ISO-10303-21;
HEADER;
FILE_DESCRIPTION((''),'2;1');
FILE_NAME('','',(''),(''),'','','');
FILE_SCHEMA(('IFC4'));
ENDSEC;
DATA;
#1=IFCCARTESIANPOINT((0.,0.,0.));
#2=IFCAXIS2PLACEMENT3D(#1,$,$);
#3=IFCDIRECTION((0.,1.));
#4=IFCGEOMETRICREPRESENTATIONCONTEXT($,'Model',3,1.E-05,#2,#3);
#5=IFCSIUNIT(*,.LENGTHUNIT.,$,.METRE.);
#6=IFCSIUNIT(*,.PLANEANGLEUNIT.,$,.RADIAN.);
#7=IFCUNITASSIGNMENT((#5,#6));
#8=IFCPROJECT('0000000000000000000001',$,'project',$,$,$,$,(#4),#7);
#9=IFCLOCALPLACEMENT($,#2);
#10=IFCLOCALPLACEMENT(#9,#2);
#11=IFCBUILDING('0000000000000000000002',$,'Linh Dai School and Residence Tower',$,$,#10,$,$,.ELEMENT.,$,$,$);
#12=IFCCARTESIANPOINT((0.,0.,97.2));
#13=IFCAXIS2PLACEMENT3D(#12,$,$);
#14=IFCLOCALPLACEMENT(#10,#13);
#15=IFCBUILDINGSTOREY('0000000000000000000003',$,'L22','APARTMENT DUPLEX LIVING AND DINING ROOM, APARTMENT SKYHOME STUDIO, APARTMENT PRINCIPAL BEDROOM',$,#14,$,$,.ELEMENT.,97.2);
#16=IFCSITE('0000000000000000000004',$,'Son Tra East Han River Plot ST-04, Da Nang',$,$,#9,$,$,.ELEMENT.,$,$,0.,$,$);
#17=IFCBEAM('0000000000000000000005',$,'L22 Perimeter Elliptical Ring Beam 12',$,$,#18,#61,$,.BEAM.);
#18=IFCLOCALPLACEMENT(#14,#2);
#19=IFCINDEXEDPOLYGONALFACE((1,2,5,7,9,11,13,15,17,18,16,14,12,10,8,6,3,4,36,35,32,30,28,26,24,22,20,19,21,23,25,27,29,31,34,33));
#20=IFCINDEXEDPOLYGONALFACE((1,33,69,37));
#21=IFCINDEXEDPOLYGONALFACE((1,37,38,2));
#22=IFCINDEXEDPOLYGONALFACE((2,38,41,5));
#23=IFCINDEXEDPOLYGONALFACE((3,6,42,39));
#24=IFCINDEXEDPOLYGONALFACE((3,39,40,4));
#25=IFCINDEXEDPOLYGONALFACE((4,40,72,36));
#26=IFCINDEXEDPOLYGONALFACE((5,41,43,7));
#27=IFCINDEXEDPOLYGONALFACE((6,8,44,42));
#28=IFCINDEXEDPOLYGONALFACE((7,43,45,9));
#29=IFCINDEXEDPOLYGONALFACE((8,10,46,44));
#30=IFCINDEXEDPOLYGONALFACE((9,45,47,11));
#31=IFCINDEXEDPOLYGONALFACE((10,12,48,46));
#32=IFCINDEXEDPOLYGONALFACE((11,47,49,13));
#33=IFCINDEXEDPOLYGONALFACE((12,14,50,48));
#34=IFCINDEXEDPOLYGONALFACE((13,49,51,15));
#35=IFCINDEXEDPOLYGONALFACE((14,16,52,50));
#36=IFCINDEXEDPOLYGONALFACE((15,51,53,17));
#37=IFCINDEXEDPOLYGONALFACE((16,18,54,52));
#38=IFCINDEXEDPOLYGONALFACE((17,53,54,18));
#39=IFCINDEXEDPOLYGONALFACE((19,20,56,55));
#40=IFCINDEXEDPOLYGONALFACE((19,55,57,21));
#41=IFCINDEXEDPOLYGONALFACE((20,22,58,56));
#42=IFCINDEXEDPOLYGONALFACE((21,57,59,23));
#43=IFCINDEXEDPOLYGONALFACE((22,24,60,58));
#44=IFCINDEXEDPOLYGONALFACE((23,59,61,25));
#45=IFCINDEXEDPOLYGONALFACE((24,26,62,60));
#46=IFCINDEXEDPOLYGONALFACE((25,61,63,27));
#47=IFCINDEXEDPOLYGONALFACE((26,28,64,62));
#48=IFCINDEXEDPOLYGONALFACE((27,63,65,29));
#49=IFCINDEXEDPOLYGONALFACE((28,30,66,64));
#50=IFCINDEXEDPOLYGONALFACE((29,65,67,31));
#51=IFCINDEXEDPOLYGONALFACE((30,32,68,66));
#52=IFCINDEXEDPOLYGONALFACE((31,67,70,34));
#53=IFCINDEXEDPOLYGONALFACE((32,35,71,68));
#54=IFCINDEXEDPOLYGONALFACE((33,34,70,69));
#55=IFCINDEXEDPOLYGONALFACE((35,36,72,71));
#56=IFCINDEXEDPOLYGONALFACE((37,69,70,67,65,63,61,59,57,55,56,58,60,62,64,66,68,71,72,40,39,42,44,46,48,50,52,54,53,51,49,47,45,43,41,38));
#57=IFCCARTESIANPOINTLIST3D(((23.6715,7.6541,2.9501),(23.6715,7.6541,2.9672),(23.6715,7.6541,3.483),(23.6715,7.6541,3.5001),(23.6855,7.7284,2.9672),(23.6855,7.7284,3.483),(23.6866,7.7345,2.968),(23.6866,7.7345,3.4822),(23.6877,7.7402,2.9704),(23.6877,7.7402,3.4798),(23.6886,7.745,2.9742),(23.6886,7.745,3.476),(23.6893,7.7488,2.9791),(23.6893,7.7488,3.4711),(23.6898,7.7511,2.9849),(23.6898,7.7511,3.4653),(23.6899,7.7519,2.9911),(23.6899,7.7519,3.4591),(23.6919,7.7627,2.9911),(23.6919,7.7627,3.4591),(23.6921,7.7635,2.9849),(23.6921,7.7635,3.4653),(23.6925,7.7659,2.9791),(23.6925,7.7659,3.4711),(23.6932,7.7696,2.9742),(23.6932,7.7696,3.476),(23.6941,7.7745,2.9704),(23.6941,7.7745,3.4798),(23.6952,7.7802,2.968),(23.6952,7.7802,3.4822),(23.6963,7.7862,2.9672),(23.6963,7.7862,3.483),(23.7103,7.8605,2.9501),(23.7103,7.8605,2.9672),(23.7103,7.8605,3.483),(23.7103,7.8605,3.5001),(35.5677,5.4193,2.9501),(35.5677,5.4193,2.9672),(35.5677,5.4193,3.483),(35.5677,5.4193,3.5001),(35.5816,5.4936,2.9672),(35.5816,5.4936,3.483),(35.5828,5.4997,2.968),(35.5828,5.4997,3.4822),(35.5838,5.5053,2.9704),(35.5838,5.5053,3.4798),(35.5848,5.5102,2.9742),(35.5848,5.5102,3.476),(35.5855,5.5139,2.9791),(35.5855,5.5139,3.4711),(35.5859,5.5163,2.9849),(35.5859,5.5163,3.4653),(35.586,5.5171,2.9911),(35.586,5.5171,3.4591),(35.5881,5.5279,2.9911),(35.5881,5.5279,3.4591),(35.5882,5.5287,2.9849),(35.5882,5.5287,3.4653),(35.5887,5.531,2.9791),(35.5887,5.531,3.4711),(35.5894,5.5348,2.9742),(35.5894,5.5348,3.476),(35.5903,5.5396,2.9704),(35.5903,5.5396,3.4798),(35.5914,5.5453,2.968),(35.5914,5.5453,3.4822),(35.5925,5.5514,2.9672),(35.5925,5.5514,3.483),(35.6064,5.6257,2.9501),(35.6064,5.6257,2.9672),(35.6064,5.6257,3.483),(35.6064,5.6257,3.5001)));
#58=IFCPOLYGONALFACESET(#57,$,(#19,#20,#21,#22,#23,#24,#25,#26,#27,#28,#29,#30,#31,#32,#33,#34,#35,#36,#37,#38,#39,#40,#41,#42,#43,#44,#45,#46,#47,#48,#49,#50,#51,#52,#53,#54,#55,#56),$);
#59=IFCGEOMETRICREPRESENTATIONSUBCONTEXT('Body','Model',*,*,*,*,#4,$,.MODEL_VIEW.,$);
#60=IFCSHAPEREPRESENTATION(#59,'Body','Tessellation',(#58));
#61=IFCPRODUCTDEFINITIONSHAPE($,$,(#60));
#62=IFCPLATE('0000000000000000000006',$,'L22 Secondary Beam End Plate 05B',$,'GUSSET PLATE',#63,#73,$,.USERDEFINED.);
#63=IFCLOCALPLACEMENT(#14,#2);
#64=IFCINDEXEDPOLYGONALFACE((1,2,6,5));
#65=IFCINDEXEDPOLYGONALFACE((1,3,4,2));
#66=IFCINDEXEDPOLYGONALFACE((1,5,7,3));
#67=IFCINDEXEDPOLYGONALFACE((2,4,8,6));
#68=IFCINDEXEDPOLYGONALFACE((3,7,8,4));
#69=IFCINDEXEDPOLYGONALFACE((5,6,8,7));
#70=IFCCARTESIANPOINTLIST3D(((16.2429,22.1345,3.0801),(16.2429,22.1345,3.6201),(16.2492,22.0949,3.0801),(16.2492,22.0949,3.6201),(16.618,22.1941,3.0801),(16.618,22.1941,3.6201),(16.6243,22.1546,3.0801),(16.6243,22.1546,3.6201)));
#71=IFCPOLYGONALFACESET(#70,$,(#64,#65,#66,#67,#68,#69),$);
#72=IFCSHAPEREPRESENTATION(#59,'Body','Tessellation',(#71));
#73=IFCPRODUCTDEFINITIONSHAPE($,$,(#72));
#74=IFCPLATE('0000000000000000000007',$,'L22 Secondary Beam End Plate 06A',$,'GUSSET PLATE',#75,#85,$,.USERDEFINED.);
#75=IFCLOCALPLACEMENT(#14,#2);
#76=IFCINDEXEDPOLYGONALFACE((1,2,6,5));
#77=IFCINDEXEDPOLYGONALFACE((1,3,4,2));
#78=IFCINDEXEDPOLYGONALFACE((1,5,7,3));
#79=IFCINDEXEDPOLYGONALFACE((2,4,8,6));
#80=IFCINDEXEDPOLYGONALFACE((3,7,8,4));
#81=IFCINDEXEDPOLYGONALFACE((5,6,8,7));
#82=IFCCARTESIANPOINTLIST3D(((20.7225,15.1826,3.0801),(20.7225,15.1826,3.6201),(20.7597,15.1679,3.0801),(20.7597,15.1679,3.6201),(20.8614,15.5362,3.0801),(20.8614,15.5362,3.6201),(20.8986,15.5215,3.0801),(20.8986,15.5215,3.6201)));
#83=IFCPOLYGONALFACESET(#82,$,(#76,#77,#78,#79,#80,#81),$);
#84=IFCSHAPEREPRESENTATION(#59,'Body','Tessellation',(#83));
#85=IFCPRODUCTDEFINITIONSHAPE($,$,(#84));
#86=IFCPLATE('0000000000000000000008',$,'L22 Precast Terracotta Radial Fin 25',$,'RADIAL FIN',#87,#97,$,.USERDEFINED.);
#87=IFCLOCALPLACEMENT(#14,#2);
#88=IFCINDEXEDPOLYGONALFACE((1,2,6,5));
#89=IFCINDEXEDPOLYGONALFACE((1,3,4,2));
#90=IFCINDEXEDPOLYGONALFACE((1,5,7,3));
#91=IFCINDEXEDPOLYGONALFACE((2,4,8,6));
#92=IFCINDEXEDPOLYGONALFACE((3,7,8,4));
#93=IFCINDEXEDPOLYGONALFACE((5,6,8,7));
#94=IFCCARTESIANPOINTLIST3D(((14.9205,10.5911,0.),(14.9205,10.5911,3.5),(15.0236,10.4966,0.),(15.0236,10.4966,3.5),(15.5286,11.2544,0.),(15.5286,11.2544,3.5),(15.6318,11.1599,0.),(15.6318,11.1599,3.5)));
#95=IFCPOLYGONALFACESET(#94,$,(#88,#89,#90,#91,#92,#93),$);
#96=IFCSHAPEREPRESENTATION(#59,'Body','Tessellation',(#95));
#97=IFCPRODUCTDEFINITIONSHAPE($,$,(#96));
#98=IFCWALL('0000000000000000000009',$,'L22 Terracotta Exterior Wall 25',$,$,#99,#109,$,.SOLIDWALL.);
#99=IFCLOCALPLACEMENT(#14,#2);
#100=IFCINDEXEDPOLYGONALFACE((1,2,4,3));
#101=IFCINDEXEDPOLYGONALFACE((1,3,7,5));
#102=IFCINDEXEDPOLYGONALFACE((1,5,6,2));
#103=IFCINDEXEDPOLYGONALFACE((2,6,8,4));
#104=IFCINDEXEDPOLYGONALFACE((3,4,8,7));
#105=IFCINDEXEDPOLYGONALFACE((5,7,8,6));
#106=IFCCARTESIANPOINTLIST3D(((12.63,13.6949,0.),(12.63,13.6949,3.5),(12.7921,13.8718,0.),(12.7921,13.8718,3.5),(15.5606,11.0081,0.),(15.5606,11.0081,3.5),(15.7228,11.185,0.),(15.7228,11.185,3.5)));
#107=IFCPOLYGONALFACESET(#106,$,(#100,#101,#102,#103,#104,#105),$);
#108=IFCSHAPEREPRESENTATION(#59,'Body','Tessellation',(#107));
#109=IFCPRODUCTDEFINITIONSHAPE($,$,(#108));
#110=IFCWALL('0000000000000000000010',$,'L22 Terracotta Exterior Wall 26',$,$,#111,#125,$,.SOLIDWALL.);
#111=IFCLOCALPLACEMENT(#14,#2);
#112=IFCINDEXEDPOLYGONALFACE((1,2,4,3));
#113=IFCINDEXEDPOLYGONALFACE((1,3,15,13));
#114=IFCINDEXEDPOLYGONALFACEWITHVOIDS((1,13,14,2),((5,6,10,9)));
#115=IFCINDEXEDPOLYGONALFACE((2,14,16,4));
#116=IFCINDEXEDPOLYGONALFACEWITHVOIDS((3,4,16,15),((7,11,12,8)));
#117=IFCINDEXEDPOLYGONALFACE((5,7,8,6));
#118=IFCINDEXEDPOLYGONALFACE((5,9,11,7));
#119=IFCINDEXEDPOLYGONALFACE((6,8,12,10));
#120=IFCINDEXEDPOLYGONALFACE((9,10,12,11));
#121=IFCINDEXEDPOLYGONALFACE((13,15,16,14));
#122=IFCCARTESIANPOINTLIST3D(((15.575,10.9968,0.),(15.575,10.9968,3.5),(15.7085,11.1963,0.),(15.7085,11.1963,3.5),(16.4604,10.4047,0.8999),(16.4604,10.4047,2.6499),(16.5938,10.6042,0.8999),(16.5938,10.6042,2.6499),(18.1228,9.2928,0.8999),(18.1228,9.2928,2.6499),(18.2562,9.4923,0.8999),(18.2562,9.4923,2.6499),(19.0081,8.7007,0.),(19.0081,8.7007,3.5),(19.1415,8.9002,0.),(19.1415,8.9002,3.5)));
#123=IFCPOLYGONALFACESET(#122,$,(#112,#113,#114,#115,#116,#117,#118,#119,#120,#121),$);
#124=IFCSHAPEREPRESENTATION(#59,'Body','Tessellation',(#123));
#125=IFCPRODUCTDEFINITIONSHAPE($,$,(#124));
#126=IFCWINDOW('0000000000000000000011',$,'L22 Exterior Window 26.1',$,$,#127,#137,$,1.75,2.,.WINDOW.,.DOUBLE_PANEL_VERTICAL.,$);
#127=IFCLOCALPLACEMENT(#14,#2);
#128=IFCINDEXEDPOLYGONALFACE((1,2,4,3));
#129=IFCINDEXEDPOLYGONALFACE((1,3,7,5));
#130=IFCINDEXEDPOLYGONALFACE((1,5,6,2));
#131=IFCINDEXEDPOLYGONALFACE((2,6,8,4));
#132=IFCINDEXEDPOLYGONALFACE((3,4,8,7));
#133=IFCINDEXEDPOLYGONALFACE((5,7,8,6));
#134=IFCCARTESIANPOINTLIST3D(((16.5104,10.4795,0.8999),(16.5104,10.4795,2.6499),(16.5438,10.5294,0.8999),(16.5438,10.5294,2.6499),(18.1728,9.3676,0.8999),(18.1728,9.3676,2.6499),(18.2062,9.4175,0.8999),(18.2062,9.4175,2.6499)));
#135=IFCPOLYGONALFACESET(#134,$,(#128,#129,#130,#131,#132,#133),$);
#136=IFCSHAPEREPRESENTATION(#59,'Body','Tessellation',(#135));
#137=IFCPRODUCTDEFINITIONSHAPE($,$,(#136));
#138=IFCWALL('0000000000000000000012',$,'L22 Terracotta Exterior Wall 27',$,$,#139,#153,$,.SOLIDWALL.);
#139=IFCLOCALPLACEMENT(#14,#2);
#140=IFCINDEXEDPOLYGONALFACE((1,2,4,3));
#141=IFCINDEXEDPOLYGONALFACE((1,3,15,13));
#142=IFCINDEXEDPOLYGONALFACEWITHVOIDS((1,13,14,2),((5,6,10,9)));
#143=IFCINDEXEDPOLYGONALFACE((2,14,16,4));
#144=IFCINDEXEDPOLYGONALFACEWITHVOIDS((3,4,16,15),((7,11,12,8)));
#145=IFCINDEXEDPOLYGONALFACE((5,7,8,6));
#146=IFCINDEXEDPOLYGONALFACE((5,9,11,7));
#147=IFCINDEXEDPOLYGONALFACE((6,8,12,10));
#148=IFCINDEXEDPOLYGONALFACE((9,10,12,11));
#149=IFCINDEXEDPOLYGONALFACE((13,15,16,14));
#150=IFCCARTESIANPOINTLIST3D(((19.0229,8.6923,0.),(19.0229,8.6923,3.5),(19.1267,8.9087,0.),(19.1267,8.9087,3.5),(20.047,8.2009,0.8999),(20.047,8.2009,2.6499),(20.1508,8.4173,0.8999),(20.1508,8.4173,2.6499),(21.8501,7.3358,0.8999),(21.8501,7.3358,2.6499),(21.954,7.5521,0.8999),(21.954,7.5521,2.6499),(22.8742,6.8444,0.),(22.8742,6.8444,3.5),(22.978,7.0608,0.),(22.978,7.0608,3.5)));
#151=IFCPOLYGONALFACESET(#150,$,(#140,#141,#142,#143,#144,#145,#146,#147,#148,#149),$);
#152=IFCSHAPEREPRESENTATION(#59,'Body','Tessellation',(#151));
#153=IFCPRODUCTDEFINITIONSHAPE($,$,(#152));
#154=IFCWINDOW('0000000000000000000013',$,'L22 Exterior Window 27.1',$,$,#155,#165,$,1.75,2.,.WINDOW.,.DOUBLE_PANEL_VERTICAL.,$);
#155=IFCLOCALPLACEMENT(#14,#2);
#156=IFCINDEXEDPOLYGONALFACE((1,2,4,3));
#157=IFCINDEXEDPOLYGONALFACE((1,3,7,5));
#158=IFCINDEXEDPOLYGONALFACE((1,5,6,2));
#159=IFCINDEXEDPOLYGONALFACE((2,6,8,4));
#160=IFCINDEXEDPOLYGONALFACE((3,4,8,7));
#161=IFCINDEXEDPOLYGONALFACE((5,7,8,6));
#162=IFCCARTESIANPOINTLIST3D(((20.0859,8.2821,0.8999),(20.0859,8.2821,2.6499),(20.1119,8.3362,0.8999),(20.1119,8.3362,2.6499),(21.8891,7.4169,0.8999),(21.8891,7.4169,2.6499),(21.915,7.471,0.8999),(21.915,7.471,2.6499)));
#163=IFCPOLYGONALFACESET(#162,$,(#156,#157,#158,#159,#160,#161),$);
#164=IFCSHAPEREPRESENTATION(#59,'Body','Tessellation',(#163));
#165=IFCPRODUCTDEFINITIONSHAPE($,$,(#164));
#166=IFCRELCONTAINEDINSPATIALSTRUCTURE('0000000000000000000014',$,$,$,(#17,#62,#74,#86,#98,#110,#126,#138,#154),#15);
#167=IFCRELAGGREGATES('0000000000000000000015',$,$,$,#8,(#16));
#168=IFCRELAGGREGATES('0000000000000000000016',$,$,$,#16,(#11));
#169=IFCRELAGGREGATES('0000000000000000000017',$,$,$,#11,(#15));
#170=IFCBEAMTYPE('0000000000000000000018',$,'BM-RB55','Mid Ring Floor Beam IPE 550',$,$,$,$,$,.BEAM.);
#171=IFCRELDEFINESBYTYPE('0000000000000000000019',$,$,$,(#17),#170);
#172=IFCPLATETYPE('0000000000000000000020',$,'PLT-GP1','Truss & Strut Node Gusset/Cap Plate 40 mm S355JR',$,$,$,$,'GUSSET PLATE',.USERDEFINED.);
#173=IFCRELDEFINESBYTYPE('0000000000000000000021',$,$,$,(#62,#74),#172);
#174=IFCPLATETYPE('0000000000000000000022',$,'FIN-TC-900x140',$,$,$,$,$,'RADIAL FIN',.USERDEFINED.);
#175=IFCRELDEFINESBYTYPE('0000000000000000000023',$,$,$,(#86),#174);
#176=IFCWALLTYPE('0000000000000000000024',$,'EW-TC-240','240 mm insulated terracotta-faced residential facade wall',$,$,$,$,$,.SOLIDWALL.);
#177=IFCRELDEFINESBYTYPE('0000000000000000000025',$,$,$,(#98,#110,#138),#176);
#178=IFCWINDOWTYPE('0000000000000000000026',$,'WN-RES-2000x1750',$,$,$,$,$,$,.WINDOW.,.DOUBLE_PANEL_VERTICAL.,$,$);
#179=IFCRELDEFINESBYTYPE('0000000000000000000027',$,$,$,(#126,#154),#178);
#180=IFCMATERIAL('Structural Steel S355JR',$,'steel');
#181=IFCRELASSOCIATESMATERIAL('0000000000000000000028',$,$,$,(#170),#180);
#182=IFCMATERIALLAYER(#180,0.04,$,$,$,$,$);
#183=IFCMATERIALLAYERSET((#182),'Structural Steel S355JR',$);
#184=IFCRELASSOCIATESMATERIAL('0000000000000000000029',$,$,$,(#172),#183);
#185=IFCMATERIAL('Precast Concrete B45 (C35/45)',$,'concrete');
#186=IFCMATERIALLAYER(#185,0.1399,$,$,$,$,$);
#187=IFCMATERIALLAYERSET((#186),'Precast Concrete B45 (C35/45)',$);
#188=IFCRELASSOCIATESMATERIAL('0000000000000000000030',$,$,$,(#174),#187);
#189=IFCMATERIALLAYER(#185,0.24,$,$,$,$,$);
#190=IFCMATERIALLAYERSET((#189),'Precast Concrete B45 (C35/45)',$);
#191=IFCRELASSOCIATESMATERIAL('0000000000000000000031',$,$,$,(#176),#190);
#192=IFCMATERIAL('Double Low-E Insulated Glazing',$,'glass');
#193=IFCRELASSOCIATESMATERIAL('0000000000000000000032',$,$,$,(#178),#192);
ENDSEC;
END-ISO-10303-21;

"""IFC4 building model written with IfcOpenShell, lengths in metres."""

from ifc_helpers import new_model, si_unit, direction, frame, frame_2d, origin, origin_2d, place, context, subcontext, project, spatial, rectangle, i_section, extrude, source, transform, mapped, material, layer, layer_set, material_profile, profile_set, type_object, element, fill, save


model = new_model("IFC4")

# Units and contexts
model_context = context("Model", 3, precision=1e-05, world=origin(), true_north=direction((0.0, 1.0)))
body_context = subcontext(model_context, "Body", "Model", "MODEL_VIEW")
ifc_project = project(units=[si_unit("LENGTHUNIT", "METRE"), si_unit("PLANEANGLEUNIT", "RADIAN")], contexts=[model_context])

# Site, building, storey
site_placement = place(None, origin())
site = spatial("IfcSite", under=ifc_project, at=site_placement, Name="Son Tra East Han River Plot ST-04, Da Nang", CompositionType="ELEMENT", RefElevation=0.0)
building_placement = place(site_placement, origin())
building = spatial("IfcBuilding", under=site, at=building_placement, Name="Linh Dai School and Residence Tower", CompositionType="ELEMENT")
storey_placement = place(building_placement, frame((0.0, 0.0, 97.2)))
storey = spatial("IfcBuildingStorey", under=building, at=storey_placement, Name="L22", Description="APARTMENT DUPLEX LIVING AND DINING ROOM, APARTMENT SKYHOME STUDIO, APARTMENT PRINCIPAL BEDROOM", CompositionType="ELEMENT", Elevation=97.2)

# Shared definitions
ifc_material_1 = material(Name="Structural Steel S355JR", Category="steel")

# Beam
ifc_material_profile_1 = material_profile(ifc_material_1, i_section(OverallWidth=0.21, OverallDepth=0.55, WebThickness=0.011, FlangeThickness=0.0171, FilletRadius=0.0239, at=origin_2d()), Name="IPE 550")
ifc_profile_set_1 = profile_set([ifc_material_profile_1], Name="Structural Steel S355JR")
beam_type_1 = type_object("IfcBeamType", Name="BM-RB55", Description="Mid Ring Floor Beam IPE 550", PredefinedType="BEAM", material=ifc_profile_set_1)
beam_1_placement = place(storey_placement, frame((23.6909, 7.7573, 3.2251), z_axis=(0.982808, -0.184633, 0.0), x_axis=(0.184633, 0.982808, 0.0)))
element("IfcBeam", 1, at=beam_1_placement, inside=storey, type_object=beam_type_1, Name="L22 Perimeter Elliptical Ring Beam 12", PredefinedType="BEAM", context=body_context, shape_type="SweptSolid", body=[
    extrude(i_section(OverallWidth=0.21, OverallDepth=0.55, WebThickness=0.011, FlangeThickness=0.0171, FilletRadius=0.0239, at=origin_2d()), origin(), (0.0, 0.0, 1.0), 12.1042),
])

# Plates
ifc_layer_1 = layer(ifc_material_1, 0.04)
ifc_layer_set_1 = layer_set([ifc_layer_1], Name="Structural Steel S355JR")
plate_type_1 = type_object("IfcPlateType", Name="PLT-GP1", Description="Truss & Strut Node Gusset/Cap Plate 40 mm S355JR", ElementType="GUSSET PLATE", PredefinedType="USERDEFINED", material=ifc_layer_set_1)
shared_shape_1 = source(origin(), body_context, "Body", "SweptSolid", [
    extrude(rectangle(XDim=0.04, YDim=0.3799, at=origin_2d()), origin(), (0.0, 0.0, 1.0), 0.54),
])
for number, where, z_axis, x_axis, name in (
    (2, (16.4336, 22.1445, 3.0801), (0.0, 0.0, 1.0), (0.157025, -0.987595, 0.0), "L22 Secondary Beam End Plate 05B"),
    (3, (20.8105, 15.3521, 3.0801), (0.0, 0.0, 1.0), (0.930752, -0.36565, 0.0), "L22 Secondary Beam End Plate 06A"),
):
    element("IfcPlate", number, at=place(storey_placement, frame(where, z_axis=z_axis, x_axis=x_axis)), inside=storey, type_object=plate_type_1, Name=name, ObjectType="GUSSET PLATE", PredefinedType="USERDEFINED", context=body_context, shape_type="MappedRepresentation", body=[
        mapped(shared_shape_1, transform((0.0, 0.0, 0.0), x_axis=(1.0, 0.0, 0.0), y_axis=(0.0, 1.0, 0.0), z_axis=(0.0, 0.0, 1.0), scale=1.0)),
    ])
ifc_material_2 = material(Name="Precast Concrete B45 (C35/45)", Category="concrete")
ifc_layer_2 = layer(ifc_material_2, 0.1399)
ifc_layer_set_2 = layer_set([ifc_layer_2], Name="Precast Concrete B45 (C35/45)")
plate_type_2 = type_object("IfcPlateType", Name="FIN-TC-900x140", ElementType="RADIAL FIN", PredefinedType="USERDEFINED", material=ifc_layer_set_2)
shared_shape_2 = source(origin(), body_context, "Body", "SweptSolid", [
    extrude(rectangle(XDim=0.8999, YDim=0.1399, at=origin_2d()), origin(), (0.0, 0.0, 1.0), 3.5),
])
plate_placement = place(storey_placement, frame((15.2761, 10.8755, 0.0), z_axis=(0.0, 0.0, 1.0), x_axis=(-0.675783, -0.7371, 0.0)))
element("IfcPlate", 4, at=plate_placement, inside=storey, type_object=plate_type_2, Name="L22 Precast Terracotta Radial Fin 25", ObjectType="RADIAL FIN", PredefinedType="USERDEFINED", context=body_context, shape_type="MappedRepresentation", body=[
    mapped(shared_shape_2, transform((0.0, 0.0, 0.0), x_axis=(1.0, 0.0, 0.0), y_axis=(0.0, 1.0, 0.0), z_axis=(0.0, 0.0, 1.0), scale=1.0)),
])

# Wall
ifc_layer_3 = layer(ifc_material_2, 0.24)
ifc_layer_set_3 = layer_set([ifc_layer_3], Name="Precast Concrete B45 (C35/45)")
wall_type_1 = type_object("IfcWallType", Name="EW-TC-240", Description="240 mm insulated terracotta-faced residential facade wall", PredefinedType="SOLIDWALL", material=ifc_layer_set_3)
wall_1_placement = place(storey_placement, frame((15.6416, 11.0967, 0.0), z_axis=(0.0, 0.0, 1.0), x_axis=(-0.737113, 0.675769, 0.0)))
element("IfcWall", 5, at=wall_1_placement, inside=storey, type_object=wall_type_1, Name="L22 Terracotta Exterior Wall 25", PredefinedType="SOLIDWALL", context=body_context, shape_type="SweptSolid", body=[
    extrude(rectangle(XDim=3.9758, YDim=0.24, at=frame_2d((1.9878, 0.0))), origin(), (0.0, 0.0, 1.0), 3.5),
])

# Walls, openings, windows
wall_2_placement = place(storey_placement, frame((19.0747, 8.8005, 0.0), z_axis=(0.0, 0.0, 1.0), x_axis=(-0.831222, 0.555941, 0.0)))
wall_2 = element("IfcWall", 6, at=wall_2_placement, inside=storey, type_object=wall_type_1, Name="L22 Terracotta Exterior Wall 26", PredefinedType="SOLIDWALL", context=body_context, shape_type="SweptSolid", body=[
    extrude(rectangle(XDim=4.1301, YDim=0.24, at=frame_2d((2.0649, 0.0))), origin(), (0.0, 0.0, 1.0), 3.5),
])
opening_1_placement = place(wall_2_placement, frame((1.0649, 0.0, 0.8999)))
opening_1 = element("IfcOpeningElement", 7, at=opening_1_placement, cuts=wall_2, PredefinedType="OPENING", context=body_context, shape_type="SweptSolid", body=[
    extrude(rectangle(XDim=2.0, YDim=1.75, at=origin_2d()), frame((1.0, 0.1299, 0.875), z_axis=(0.0, -1.0, 0.0), x_axis=(1.0, 0.0, 0.0)), (0.0, 0.0, 1.0), 0.26),
])
ifc_material_3 = material(Name="Double Low-E Insulated Glazing", Category="glass")
window_type = type_object("IfcWindowType", Name="WN-RES-2000x1750", PartitioningType="DOUBLE_PANEL_VERTICAL", PredefinedType="WINDOW", material=ifc_material_3)
shared_shape_3 = source(origin(), body_context, "Body", "SweptSolid", [
    extrude(rectangle(XDim=2.0, YDim=1.75, at=origin_2d()), frame((1.0, 0.03, 0.875), z_axis=(0.0, -1.0, 0.0), x_axis=(1.0, 0.0, 0.0)), (0.0, 0.0, 1.0), 0.0601),
])
window_1_placement = place(opening_1_placement, origin())
window_1 = element("IfcWindow", 8, at=window_1_placement, inside=storey, type_object=window_type, Name="L22 Exterior Window 26.1", OverallHeight=1.75, OverallWidth=2.0, PartitioningType="DOUBLE_PANEL_VERTICAL", PredefinedType="WINDOW", context=body_context, shape_type="MappedRepresentation", body=[
    mapped(shared_shape_3, transform((0.0, 0.0, 0.0), x_axis=(1.0, 0.0, 0.0), y_axis=(0.0, 1.0, 0.0), z_axis=(0.0, 0.0, 1.0), scale=1.0)),
])
fill(opening_1, window_1)
wall_3_placement = place(storey_placement, frame((22.926, 6.9526, 0.0), z_axis=(0.0, 0.0, 1.0), x_axis=(-0.90159, 0.432592, 0.0)))
wall_3 = element("IfcWall", 9, at=wall_3_placement, inside=storey, type_object=wall_type_1, Name="L22 Terracotta Exterior Wall 27", PredefinedType="SOLIDWALL", context=body_context, shape_type="SweptSolid", body=[
    extrude(rectangle(XDim=4.2717, YDim=0.24, at=frame_2d((2.1357, 0.0))), origin(), (0.0, 0.0, 1.0), 3.5),
])
opening_2_placement = place(wall_3_placement, frame((1.1357, 0.0, 0.8999)))
opening_2 = element("IfcOpeningElement", 10, at=opening_2_placement, cuts=wall_3, PredefinedType="OPENING", context=body_context, shape_type="SweptSolid", body=[
    extrude(rectangle(XDim=2.0, YDim=1.75, at=origin_2d()), frame((1.0, 0.1299, 0.875), z_axis=(0.0, -1.0, 0.0), x_axis=(1.0, 0.0, 0.0)), (0.0, 0.0, 1.0), 0.26),
])
window_2_placement = place(opening_2_placement, origin())
window_2 = element("IfcWindow", 11, at=window_2_placement, inside=storey, type_object=window_type, Name="L22 Exterior Window 27.1", OverallHeight=1.75, OverallWidth=2.0, PartitioningType="DOUBLE_PANEL_VERTICAL", PredefinedType="WINDOW", context=body_context, shape_type="MappedRepresentation", body=[
    mapped(shared_shape_3, transform((0.0, 0.0, 0.0), x_axis=(1.0, 0.0, 0.0), y_axis=(0.0, 1.0, 0.0), z_axis=(0.0, 0.0, 1.0), scale=1.0)),
])
fill(opening_2, window_2)

save(model, "model.ifc")
